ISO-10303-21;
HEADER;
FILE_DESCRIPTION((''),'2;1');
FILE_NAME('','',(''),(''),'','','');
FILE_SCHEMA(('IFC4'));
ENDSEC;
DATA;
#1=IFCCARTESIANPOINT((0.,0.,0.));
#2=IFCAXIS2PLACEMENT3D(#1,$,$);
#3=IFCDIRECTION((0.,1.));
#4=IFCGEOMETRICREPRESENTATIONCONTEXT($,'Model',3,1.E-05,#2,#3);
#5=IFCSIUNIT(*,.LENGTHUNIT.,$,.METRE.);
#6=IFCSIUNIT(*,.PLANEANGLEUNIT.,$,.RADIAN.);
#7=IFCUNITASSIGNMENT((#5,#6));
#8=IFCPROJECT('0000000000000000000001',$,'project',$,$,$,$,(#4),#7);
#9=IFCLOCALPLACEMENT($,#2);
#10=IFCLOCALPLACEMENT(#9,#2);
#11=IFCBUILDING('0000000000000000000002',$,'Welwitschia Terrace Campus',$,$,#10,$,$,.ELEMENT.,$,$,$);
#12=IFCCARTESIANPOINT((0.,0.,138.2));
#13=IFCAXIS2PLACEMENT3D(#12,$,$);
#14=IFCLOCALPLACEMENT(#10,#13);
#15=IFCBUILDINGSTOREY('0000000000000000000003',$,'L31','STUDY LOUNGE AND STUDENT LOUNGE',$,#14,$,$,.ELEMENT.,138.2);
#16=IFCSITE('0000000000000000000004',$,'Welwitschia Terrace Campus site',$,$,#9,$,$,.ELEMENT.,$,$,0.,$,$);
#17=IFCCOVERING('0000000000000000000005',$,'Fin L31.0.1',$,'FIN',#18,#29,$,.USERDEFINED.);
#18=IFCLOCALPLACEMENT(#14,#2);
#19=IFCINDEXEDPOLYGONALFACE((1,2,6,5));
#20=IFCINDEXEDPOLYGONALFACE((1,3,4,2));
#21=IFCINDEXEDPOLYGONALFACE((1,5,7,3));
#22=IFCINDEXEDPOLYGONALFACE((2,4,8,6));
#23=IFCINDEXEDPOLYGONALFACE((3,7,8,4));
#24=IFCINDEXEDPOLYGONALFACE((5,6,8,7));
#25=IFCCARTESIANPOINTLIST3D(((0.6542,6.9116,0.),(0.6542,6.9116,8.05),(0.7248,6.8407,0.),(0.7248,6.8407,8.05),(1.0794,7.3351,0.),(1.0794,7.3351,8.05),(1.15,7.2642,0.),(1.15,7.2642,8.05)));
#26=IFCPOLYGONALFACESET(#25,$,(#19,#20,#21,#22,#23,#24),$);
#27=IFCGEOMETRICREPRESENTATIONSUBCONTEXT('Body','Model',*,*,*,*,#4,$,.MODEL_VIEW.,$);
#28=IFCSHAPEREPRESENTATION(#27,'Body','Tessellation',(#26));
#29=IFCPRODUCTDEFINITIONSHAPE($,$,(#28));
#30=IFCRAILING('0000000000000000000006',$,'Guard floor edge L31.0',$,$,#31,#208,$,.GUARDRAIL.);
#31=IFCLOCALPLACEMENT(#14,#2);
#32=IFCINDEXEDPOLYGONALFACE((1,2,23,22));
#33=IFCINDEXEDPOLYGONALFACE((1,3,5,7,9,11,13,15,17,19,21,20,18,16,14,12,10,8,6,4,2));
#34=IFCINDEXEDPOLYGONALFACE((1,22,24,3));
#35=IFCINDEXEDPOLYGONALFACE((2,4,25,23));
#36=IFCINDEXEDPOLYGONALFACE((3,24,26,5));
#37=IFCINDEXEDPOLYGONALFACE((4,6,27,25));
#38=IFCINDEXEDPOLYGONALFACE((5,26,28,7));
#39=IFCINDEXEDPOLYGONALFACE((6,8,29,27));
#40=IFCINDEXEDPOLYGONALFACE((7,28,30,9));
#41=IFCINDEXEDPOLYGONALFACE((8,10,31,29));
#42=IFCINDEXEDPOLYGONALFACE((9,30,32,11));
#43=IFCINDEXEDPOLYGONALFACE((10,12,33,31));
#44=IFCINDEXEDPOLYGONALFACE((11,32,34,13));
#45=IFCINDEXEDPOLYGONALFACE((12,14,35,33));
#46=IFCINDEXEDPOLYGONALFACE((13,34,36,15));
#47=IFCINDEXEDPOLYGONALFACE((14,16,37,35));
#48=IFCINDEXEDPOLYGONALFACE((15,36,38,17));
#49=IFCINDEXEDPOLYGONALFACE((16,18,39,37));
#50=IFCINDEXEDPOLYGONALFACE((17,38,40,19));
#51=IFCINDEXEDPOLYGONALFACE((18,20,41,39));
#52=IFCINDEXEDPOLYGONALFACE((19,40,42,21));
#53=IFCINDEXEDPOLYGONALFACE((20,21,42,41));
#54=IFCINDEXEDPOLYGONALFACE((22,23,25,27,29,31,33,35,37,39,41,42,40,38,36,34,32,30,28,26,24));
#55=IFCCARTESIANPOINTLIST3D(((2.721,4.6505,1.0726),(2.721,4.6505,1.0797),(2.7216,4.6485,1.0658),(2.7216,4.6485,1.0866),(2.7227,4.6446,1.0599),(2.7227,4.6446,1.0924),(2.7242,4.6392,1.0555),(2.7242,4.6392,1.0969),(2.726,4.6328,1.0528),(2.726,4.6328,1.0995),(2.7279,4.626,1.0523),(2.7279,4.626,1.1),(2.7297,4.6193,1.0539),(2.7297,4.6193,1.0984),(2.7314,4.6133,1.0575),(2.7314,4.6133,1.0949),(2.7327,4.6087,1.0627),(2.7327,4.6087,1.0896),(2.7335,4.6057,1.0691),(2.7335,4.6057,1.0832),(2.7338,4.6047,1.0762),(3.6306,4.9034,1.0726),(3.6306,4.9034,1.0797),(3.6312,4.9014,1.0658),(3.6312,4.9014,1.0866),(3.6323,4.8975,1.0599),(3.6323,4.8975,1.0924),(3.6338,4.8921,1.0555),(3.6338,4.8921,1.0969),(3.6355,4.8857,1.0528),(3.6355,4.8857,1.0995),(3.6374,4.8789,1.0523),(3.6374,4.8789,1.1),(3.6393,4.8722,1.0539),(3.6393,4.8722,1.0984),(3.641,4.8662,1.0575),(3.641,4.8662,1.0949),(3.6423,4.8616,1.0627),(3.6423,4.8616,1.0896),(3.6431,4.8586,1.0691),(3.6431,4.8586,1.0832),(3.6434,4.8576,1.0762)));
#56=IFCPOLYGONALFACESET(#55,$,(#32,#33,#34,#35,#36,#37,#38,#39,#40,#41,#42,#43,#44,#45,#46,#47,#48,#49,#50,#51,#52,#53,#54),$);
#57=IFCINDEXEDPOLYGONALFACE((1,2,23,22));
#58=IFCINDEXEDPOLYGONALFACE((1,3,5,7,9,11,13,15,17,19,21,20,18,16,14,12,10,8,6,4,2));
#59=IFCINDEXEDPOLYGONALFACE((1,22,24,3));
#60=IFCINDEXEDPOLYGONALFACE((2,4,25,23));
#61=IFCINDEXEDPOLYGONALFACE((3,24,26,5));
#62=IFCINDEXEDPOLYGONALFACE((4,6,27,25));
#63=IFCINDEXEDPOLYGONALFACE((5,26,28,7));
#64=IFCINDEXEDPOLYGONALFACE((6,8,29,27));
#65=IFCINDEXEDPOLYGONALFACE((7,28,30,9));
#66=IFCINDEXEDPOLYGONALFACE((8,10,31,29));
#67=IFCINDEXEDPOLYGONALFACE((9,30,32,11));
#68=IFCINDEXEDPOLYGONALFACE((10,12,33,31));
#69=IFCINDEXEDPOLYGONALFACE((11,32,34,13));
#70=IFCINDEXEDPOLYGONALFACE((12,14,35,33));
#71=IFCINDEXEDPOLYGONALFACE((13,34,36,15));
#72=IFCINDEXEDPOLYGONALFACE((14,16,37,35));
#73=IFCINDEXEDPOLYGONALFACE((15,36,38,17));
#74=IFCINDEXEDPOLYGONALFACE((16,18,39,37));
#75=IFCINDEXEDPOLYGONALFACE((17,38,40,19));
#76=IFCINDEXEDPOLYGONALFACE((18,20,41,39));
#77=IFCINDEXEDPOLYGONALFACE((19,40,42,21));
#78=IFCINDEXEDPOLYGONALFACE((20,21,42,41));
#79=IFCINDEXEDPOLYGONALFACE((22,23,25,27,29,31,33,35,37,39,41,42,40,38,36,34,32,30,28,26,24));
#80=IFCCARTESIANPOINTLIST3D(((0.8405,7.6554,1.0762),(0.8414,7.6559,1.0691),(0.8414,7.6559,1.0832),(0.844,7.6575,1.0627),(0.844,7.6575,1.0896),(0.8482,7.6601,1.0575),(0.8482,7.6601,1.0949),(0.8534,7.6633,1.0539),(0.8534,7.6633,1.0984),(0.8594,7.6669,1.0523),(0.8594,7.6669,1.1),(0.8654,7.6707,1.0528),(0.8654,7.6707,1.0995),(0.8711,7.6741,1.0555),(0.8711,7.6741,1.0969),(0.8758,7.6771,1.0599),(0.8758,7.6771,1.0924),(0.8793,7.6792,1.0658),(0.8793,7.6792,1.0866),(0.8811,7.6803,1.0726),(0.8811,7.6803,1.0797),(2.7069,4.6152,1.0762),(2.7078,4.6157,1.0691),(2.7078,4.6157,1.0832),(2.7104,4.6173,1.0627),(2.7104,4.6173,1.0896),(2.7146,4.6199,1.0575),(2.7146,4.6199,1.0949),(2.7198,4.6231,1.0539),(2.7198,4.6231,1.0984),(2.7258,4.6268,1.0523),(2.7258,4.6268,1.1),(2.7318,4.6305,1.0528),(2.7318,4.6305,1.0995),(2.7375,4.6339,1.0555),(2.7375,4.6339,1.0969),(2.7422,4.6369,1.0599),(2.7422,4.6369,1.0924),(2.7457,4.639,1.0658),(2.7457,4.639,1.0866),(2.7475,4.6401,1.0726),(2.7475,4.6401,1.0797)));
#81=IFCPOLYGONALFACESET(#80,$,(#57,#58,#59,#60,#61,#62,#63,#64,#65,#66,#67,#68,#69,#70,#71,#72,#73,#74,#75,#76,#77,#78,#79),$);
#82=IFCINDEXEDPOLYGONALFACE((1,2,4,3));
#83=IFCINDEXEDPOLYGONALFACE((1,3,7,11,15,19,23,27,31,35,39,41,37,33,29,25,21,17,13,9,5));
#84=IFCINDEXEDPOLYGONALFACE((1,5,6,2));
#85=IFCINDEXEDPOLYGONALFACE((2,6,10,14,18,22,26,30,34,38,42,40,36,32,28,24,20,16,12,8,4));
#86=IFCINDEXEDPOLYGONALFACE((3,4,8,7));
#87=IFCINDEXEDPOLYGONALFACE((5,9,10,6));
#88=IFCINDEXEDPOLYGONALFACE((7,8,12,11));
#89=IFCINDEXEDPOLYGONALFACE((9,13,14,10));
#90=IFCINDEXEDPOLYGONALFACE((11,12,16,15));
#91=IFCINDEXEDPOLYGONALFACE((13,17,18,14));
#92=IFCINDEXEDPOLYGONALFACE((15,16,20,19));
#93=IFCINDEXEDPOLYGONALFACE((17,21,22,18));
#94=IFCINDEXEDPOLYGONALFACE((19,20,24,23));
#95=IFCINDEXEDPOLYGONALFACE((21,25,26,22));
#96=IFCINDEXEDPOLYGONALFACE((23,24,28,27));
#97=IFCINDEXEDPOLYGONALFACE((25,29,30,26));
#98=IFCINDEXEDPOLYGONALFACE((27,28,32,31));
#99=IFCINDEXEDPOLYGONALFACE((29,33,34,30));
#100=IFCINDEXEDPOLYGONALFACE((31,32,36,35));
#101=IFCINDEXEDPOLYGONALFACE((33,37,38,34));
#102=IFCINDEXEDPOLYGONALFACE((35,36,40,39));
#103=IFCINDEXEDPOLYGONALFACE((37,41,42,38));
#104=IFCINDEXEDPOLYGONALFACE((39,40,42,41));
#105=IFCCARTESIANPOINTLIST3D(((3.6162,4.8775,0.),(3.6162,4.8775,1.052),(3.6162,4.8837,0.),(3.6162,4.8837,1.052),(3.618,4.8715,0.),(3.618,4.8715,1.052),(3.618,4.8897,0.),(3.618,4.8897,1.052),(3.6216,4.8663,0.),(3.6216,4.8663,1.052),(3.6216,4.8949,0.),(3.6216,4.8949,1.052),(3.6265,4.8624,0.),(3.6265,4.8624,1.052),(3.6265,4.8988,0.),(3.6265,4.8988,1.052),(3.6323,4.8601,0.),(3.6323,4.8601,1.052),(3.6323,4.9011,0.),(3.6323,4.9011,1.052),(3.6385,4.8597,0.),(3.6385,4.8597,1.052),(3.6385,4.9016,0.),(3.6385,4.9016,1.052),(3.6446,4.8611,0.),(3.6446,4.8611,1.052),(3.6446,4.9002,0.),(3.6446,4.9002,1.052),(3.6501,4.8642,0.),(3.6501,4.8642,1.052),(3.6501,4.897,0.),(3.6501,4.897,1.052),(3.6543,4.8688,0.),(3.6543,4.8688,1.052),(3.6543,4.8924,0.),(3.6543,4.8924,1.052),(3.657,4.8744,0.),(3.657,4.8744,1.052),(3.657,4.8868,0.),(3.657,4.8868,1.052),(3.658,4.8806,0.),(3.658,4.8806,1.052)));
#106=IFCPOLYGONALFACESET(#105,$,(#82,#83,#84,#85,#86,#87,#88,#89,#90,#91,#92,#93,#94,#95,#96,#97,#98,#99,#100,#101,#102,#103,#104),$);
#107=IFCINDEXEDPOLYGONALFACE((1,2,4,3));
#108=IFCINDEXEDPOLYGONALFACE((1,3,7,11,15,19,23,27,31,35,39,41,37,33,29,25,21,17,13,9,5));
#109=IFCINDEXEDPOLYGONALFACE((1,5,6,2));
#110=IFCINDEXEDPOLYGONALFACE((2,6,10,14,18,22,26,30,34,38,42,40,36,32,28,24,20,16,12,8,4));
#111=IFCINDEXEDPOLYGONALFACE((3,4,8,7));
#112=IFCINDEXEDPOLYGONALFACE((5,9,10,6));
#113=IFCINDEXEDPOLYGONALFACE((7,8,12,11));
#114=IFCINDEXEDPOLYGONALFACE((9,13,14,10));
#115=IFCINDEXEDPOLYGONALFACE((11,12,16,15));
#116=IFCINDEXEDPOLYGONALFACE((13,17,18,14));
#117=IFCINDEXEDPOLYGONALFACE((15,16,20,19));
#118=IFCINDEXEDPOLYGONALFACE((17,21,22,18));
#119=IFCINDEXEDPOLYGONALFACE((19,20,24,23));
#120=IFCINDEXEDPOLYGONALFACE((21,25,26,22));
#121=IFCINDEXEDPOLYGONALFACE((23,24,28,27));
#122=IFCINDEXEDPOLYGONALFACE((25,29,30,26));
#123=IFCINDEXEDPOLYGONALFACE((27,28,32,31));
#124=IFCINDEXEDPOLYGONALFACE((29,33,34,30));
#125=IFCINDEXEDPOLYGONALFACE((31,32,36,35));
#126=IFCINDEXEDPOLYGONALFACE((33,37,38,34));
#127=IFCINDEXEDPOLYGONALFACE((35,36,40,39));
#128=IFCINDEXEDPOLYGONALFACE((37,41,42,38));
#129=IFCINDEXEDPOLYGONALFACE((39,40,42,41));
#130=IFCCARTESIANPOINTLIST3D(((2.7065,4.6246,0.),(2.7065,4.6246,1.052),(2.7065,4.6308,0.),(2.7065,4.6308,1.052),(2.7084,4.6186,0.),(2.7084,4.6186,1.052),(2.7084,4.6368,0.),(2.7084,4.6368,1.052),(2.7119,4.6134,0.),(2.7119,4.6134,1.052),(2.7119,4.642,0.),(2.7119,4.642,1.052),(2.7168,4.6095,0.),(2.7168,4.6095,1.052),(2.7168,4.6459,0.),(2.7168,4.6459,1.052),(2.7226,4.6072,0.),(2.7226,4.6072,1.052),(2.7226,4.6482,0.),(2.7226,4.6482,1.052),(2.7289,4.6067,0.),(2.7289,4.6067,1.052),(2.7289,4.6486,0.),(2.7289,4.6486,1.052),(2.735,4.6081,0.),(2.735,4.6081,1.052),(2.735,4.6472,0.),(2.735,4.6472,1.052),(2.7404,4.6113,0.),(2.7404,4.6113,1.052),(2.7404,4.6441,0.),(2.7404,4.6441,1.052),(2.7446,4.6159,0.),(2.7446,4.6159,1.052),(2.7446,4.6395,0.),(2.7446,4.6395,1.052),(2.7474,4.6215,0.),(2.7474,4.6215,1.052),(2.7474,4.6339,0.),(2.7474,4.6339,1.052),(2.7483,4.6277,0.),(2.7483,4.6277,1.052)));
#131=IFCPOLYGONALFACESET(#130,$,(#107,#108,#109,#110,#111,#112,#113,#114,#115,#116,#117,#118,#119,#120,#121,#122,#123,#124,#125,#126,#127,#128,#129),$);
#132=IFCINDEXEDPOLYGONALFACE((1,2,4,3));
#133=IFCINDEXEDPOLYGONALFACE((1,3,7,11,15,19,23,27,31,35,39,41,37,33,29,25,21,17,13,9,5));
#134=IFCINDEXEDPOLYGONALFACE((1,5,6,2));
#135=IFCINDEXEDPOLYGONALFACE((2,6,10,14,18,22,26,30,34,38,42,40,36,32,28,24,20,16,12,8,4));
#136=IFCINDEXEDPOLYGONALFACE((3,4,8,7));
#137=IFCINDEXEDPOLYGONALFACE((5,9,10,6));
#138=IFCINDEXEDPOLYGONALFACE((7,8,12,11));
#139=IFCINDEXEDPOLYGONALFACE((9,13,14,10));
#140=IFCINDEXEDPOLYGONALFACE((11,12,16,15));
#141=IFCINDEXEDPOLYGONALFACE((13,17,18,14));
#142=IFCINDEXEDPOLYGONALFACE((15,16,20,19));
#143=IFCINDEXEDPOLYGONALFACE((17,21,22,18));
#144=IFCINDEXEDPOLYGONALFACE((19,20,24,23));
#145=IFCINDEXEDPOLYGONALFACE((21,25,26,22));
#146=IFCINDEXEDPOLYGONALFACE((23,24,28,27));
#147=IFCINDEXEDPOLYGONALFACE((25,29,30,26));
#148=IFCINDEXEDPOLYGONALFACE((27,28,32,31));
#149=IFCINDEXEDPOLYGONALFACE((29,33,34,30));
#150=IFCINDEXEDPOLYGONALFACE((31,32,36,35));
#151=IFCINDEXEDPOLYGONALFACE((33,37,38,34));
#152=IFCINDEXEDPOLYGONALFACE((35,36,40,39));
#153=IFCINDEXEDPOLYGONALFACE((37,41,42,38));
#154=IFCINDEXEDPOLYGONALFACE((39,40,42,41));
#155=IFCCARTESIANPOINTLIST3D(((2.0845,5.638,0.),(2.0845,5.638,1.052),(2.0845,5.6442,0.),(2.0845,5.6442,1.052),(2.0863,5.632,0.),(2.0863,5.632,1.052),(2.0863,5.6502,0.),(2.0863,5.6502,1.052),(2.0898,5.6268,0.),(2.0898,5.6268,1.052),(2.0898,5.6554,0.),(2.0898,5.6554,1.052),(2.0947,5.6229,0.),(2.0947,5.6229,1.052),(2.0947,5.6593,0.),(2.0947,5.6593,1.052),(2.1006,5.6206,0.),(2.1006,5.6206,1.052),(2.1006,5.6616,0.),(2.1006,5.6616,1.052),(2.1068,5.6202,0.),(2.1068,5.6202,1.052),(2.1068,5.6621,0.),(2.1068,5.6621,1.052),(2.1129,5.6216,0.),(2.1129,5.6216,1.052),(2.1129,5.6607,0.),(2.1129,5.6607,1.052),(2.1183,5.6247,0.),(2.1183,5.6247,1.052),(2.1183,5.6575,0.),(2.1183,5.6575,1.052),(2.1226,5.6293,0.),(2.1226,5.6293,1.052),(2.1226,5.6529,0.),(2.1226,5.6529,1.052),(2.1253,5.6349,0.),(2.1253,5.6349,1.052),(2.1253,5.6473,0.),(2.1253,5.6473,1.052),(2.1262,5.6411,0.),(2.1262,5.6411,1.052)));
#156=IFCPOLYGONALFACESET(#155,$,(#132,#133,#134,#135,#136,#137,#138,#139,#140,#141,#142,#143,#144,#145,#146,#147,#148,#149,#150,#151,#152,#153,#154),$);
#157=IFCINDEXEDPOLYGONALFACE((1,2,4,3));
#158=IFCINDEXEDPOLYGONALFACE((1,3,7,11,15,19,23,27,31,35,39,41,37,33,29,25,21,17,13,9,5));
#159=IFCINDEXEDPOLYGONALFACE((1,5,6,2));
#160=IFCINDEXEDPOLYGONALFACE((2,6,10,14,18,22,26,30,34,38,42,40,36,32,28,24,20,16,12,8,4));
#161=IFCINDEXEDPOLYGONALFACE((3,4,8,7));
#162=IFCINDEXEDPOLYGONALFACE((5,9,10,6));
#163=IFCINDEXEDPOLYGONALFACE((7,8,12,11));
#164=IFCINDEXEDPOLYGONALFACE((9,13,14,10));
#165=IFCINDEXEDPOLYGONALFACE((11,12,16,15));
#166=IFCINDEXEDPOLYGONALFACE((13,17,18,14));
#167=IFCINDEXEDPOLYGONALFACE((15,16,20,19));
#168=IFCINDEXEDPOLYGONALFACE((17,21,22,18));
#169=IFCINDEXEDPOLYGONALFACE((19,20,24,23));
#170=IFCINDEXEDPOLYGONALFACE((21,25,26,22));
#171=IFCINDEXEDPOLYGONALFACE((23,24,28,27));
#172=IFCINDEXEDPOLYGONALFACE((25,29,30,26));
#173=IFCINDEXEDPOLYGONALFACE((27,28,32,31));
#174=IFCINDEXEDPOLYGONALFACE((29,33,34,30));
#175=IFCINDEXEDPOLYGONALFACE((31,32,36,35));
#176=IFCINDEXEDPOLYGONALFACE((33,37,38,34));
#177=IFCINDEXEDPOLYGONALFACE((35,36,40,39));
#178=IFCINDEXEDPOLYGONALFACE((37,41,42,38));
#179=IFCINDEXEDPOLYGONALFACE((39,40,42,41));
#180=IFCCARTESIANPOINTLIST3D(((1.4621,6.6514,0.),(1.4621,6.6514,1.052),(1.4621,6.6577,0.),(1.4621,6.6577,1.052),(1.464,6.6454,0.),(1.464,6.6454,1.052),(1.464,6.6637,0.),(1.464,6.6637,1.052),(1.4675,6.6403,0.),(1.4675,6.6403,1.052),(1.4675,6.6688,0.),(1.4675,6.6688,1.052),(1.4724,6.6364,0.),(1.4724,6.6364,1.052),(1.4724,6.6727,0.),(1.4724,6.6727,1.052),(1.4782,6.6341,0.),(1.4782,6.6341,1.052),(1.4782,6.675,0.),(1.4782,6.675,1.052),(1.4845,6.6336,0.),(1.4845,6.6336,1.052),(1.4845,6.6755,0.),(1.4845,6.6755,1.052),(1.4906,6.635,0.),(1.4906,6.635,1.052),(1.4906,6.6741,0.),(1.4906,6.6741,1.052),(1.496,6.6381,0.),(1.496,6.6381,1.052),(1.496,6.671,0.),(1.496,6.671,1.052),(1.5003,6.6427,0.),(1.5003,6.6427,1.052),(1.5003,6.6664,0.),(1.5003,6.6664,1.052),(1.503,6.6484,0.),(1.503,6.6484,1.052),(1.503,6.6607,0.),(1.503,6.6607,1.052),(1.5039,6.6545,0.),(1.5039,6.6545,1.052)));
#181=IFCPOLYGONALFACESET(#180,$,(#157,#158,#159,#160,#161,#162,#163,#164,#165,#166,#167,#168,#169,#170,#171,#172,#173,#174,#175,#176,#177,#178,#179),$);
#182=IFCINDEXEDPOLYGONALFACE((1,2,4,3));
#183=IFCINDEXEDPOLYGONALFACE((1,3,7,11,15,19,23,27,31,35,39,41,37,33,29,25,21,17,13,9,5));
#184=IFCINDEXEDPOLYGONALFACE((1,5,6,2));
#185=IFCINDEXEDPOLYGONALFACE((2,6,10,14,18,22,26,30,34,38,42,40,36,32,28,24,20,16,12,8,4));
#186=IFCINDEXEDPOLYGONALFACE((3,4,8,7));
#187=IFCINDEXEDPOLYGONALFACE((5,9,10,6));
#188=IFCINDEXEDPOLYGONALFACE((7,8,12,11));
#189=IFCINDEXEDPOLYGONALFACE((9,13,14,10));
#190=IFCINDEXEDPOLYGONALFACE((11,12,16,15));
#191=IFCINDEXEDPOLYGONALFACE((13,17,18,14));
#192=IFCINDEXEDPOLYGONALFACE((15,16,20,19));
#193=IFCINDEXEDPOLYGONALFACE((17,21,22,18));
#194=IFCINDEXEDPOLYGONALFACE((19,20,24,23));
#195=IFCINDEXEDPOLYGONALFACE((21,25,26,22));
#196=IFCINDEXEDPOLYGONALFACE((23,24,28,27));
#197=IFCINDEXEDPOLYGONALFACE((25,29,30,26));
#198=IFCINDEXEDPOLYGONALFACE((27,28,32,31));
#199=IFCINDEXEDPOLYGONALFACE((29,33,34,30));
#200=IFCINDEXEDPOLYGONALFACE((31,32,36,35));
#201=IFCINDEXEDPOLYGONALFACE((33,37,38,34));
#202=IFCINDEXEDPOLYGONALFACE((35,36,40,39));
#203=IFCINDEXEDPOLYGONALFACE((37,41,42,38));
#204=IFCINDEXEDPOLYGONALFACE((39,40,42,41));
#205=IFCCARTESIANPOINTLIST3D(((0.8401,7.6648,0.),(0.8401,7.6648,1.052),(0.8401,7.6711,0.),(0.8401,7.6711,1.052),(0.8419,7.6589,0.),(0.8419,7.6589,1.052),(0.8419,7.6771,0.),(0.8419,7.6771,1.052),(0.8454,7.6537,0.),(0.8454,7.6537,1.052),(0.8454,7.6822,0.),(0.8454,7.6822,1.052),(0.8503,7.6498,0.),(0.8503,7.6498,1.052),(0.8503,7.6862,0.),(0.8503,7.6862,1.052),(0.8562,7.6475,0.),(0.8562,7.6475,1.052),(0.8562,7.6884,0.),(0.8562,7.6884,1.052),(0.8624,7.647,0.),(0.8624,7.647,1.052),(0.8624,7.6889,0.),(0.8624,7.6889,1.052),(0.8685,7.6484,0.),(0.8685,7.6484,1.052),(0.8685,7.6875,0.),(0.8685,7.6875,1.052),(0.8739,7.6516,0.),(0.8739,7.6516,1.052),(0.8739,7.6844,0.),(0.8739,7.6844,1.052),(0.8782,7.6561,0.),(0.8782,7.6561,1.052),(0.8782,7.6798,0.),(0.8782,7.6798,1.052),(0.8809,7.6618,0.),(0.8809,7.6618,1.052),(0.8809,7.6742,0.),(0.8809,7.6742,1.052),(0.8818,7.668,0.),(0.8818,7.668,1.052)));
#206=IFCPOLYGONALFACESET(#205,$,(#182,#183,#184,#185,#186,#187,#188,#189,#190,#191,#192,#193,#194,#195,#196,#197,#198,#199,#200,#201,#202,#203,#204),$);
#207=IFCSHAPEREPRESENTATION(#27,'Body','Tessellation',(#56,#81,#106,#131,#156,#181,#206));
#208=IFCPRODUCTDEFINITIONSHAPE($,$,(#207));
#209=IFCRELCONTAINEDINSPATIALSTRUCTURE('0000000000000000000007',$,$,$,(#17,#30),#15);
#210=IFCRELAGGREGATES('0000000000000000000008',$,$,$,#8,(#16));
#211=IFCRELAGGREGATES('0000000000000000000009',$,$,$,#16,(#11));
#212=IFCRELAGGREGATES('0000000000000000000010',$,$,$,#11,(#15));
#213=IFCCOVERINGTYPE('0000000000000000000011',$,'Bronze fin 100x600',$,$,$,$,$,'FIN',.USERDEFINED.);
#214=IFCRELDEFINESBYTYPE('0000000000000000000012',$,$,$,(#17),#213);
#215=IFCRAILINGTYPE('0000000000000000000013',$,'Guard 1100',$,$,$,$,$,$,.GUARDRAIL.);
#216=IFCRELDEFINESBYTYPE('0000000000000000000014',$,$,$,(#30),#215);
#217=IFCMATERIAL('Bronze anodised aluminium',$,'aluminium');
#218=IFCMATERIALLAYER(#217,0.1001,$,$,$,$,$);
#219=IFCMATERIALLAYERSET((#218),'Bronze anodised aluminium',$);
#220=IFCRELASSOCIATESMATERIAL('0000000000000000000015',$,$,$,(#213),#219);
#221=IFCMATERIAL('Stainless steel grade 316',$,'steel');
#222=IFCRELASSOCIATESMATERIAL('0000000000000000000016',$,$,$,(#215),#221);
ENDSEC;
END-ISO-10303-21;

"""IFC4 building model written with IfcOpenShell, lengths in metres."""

from ifc_helpers import new_model, si_unit, direction, frame, origin, origin_2d, place, context, subcontext, project, spatial, rectangle, circle, extrude, material, layer, layer_set, type_object, element, save


model = new_model("IFC4")

# Units and contexts
model_context = context("Model", 3, precision=1e-05, world=origin(), true_north=direction((0.0, 1.0)))
body_context = subcontext(model_context, "Body", "Model", "MODEL_VIEW")
ifc_project = project(units=[si_unit("LENGTHUNIT", "METRE"), si_unit("PLANEANGLEUNIT", "RADIAN")], contexts=[model_context])

# Site, building, storey
site_placement = place(None, origin())
site = spatial("IfcSite", under=ifc_project, at=site_placement, Name="Welwitschia Terrace Campus site", CompositionType="ELEMENT", RefElevation=0.0)
building_placement = place(site_placement, origin())
building = spatial("IfcBuilding", under=site, at=building_placement, Name="Welwitschia Terrace Campus", CompositionType="ELEMENT")
storey_placement = place(building_placement, frame((0.0, 0.0, 138.2)))
storey = spatial("IfcBuildingStorey", under=building, at=storey_placement, Name="L31", Description="STUDY LOUNGE AND STUDENT LOUNGE", CompositionType="ELEMENT", Elevation=138.2)

# Covering
ifc_material_1 = material(Name="Bronze anodised aluminium", Category="aluminium")
ifc_layer_1 = layer(ifc_material_1, 0.1001)
ifc_layer_set_1 = layer_set([ifc_layer_1], Name="Bronze anodised aluminium")
covering_type = type_object("IfcCoveringType", Name="Bronze fin 100x600", ElementType="FIN", PredefinedType="USERDEFINED", material=ifc_layer_set_1)
for number, where, z_axis, x_axis, name in (
    (1, (0.9021, 7.0879, 0.0), (0.0, 0.0, 1.0), (0.705668, -0.708542, 0.0), "Fin L31.0.1"),
):
    element("IfcCovering", number, at=place(storey_placement, frame(where, z_axis=z_axis, x_axis=x_axis)), inside=storey, type_object=covering_type, Name=name, ObjectType="FIN", PredefinedType="USERDEFINED", context=body_context, shape_type="SweptSolid", body=[
        extrude(rectangle(XDim=0.1001, YDim=0.6001, at=origin_2d()), origin(), (0.0, 0.0, 1.0), 8.05),
    ])

# Railing
ifc_material_2 = material(Name="Stainless steel grade 316", Category="steel")
railing_type = type_object("IfcRailingType", Name="Guard 1100", PredefinedType="GUARDRAIL", material=ifc_material_2)
railing_placement = place(storey_placement, frame((3.637, 4.8806, 0.0)))
element("IfcRailing", 2, at=railing_placement, inside=storey, type_object=railing_type, Name="Guard floor edge L31.0", PredefinedType="GUARDRAIL", context=body_context, shape_type="SweptSolid", body=[
    extrude(circle(Radius=0.0239, at=origin_2d()), frame((0.0, 0.0, 1.0762), z_axis=(-0.963451, -0.267884, 0.0), x_axis=(0.267884, -0.963451, 0.0)), (0.0, 0.0, 1.0), 0.9441),
    extrude(circle(Radius=0.0239, at=origin_2d()), frame((-0.9097, -0.2529, 1.0762), z_axis=(-0.523185, 0.852219, 0.0), x_axis=(-0.852219, -0.523185, 0.0)), (0.0, 0.0, 1.0), 3.5674),
    extrude(circle(Radius=0.021, at=origin_2d()), origin(), (0.0, 0.0, 1.0), 1.052),
    extrude(circle(Radius=0.021, at=origin_2d()), frame((-0.9097, -0.2529, 0.0)), (0.0, 0.0, 1.0), 1.052),
    extrude(circle(Radius=0.021, at=origin_2d()), frame((-1.5317, 0.7605, 0.0)), (0.0, 0.0, 1.0), 1.052),
    extrude(circle(Radius=0.021, at=origin_2d()), frame((-2.1541, 1.7739, 0.0)), (0.0, 0.0, 1.0), 1.052),
    extrude(circle(Radius=0.021, at=origin_2d()), frame((-2.7761, 2.7874, 0.0)), (0.0, 0.0, 1.0), 1.052),
])

save(model, "model.ifc")
